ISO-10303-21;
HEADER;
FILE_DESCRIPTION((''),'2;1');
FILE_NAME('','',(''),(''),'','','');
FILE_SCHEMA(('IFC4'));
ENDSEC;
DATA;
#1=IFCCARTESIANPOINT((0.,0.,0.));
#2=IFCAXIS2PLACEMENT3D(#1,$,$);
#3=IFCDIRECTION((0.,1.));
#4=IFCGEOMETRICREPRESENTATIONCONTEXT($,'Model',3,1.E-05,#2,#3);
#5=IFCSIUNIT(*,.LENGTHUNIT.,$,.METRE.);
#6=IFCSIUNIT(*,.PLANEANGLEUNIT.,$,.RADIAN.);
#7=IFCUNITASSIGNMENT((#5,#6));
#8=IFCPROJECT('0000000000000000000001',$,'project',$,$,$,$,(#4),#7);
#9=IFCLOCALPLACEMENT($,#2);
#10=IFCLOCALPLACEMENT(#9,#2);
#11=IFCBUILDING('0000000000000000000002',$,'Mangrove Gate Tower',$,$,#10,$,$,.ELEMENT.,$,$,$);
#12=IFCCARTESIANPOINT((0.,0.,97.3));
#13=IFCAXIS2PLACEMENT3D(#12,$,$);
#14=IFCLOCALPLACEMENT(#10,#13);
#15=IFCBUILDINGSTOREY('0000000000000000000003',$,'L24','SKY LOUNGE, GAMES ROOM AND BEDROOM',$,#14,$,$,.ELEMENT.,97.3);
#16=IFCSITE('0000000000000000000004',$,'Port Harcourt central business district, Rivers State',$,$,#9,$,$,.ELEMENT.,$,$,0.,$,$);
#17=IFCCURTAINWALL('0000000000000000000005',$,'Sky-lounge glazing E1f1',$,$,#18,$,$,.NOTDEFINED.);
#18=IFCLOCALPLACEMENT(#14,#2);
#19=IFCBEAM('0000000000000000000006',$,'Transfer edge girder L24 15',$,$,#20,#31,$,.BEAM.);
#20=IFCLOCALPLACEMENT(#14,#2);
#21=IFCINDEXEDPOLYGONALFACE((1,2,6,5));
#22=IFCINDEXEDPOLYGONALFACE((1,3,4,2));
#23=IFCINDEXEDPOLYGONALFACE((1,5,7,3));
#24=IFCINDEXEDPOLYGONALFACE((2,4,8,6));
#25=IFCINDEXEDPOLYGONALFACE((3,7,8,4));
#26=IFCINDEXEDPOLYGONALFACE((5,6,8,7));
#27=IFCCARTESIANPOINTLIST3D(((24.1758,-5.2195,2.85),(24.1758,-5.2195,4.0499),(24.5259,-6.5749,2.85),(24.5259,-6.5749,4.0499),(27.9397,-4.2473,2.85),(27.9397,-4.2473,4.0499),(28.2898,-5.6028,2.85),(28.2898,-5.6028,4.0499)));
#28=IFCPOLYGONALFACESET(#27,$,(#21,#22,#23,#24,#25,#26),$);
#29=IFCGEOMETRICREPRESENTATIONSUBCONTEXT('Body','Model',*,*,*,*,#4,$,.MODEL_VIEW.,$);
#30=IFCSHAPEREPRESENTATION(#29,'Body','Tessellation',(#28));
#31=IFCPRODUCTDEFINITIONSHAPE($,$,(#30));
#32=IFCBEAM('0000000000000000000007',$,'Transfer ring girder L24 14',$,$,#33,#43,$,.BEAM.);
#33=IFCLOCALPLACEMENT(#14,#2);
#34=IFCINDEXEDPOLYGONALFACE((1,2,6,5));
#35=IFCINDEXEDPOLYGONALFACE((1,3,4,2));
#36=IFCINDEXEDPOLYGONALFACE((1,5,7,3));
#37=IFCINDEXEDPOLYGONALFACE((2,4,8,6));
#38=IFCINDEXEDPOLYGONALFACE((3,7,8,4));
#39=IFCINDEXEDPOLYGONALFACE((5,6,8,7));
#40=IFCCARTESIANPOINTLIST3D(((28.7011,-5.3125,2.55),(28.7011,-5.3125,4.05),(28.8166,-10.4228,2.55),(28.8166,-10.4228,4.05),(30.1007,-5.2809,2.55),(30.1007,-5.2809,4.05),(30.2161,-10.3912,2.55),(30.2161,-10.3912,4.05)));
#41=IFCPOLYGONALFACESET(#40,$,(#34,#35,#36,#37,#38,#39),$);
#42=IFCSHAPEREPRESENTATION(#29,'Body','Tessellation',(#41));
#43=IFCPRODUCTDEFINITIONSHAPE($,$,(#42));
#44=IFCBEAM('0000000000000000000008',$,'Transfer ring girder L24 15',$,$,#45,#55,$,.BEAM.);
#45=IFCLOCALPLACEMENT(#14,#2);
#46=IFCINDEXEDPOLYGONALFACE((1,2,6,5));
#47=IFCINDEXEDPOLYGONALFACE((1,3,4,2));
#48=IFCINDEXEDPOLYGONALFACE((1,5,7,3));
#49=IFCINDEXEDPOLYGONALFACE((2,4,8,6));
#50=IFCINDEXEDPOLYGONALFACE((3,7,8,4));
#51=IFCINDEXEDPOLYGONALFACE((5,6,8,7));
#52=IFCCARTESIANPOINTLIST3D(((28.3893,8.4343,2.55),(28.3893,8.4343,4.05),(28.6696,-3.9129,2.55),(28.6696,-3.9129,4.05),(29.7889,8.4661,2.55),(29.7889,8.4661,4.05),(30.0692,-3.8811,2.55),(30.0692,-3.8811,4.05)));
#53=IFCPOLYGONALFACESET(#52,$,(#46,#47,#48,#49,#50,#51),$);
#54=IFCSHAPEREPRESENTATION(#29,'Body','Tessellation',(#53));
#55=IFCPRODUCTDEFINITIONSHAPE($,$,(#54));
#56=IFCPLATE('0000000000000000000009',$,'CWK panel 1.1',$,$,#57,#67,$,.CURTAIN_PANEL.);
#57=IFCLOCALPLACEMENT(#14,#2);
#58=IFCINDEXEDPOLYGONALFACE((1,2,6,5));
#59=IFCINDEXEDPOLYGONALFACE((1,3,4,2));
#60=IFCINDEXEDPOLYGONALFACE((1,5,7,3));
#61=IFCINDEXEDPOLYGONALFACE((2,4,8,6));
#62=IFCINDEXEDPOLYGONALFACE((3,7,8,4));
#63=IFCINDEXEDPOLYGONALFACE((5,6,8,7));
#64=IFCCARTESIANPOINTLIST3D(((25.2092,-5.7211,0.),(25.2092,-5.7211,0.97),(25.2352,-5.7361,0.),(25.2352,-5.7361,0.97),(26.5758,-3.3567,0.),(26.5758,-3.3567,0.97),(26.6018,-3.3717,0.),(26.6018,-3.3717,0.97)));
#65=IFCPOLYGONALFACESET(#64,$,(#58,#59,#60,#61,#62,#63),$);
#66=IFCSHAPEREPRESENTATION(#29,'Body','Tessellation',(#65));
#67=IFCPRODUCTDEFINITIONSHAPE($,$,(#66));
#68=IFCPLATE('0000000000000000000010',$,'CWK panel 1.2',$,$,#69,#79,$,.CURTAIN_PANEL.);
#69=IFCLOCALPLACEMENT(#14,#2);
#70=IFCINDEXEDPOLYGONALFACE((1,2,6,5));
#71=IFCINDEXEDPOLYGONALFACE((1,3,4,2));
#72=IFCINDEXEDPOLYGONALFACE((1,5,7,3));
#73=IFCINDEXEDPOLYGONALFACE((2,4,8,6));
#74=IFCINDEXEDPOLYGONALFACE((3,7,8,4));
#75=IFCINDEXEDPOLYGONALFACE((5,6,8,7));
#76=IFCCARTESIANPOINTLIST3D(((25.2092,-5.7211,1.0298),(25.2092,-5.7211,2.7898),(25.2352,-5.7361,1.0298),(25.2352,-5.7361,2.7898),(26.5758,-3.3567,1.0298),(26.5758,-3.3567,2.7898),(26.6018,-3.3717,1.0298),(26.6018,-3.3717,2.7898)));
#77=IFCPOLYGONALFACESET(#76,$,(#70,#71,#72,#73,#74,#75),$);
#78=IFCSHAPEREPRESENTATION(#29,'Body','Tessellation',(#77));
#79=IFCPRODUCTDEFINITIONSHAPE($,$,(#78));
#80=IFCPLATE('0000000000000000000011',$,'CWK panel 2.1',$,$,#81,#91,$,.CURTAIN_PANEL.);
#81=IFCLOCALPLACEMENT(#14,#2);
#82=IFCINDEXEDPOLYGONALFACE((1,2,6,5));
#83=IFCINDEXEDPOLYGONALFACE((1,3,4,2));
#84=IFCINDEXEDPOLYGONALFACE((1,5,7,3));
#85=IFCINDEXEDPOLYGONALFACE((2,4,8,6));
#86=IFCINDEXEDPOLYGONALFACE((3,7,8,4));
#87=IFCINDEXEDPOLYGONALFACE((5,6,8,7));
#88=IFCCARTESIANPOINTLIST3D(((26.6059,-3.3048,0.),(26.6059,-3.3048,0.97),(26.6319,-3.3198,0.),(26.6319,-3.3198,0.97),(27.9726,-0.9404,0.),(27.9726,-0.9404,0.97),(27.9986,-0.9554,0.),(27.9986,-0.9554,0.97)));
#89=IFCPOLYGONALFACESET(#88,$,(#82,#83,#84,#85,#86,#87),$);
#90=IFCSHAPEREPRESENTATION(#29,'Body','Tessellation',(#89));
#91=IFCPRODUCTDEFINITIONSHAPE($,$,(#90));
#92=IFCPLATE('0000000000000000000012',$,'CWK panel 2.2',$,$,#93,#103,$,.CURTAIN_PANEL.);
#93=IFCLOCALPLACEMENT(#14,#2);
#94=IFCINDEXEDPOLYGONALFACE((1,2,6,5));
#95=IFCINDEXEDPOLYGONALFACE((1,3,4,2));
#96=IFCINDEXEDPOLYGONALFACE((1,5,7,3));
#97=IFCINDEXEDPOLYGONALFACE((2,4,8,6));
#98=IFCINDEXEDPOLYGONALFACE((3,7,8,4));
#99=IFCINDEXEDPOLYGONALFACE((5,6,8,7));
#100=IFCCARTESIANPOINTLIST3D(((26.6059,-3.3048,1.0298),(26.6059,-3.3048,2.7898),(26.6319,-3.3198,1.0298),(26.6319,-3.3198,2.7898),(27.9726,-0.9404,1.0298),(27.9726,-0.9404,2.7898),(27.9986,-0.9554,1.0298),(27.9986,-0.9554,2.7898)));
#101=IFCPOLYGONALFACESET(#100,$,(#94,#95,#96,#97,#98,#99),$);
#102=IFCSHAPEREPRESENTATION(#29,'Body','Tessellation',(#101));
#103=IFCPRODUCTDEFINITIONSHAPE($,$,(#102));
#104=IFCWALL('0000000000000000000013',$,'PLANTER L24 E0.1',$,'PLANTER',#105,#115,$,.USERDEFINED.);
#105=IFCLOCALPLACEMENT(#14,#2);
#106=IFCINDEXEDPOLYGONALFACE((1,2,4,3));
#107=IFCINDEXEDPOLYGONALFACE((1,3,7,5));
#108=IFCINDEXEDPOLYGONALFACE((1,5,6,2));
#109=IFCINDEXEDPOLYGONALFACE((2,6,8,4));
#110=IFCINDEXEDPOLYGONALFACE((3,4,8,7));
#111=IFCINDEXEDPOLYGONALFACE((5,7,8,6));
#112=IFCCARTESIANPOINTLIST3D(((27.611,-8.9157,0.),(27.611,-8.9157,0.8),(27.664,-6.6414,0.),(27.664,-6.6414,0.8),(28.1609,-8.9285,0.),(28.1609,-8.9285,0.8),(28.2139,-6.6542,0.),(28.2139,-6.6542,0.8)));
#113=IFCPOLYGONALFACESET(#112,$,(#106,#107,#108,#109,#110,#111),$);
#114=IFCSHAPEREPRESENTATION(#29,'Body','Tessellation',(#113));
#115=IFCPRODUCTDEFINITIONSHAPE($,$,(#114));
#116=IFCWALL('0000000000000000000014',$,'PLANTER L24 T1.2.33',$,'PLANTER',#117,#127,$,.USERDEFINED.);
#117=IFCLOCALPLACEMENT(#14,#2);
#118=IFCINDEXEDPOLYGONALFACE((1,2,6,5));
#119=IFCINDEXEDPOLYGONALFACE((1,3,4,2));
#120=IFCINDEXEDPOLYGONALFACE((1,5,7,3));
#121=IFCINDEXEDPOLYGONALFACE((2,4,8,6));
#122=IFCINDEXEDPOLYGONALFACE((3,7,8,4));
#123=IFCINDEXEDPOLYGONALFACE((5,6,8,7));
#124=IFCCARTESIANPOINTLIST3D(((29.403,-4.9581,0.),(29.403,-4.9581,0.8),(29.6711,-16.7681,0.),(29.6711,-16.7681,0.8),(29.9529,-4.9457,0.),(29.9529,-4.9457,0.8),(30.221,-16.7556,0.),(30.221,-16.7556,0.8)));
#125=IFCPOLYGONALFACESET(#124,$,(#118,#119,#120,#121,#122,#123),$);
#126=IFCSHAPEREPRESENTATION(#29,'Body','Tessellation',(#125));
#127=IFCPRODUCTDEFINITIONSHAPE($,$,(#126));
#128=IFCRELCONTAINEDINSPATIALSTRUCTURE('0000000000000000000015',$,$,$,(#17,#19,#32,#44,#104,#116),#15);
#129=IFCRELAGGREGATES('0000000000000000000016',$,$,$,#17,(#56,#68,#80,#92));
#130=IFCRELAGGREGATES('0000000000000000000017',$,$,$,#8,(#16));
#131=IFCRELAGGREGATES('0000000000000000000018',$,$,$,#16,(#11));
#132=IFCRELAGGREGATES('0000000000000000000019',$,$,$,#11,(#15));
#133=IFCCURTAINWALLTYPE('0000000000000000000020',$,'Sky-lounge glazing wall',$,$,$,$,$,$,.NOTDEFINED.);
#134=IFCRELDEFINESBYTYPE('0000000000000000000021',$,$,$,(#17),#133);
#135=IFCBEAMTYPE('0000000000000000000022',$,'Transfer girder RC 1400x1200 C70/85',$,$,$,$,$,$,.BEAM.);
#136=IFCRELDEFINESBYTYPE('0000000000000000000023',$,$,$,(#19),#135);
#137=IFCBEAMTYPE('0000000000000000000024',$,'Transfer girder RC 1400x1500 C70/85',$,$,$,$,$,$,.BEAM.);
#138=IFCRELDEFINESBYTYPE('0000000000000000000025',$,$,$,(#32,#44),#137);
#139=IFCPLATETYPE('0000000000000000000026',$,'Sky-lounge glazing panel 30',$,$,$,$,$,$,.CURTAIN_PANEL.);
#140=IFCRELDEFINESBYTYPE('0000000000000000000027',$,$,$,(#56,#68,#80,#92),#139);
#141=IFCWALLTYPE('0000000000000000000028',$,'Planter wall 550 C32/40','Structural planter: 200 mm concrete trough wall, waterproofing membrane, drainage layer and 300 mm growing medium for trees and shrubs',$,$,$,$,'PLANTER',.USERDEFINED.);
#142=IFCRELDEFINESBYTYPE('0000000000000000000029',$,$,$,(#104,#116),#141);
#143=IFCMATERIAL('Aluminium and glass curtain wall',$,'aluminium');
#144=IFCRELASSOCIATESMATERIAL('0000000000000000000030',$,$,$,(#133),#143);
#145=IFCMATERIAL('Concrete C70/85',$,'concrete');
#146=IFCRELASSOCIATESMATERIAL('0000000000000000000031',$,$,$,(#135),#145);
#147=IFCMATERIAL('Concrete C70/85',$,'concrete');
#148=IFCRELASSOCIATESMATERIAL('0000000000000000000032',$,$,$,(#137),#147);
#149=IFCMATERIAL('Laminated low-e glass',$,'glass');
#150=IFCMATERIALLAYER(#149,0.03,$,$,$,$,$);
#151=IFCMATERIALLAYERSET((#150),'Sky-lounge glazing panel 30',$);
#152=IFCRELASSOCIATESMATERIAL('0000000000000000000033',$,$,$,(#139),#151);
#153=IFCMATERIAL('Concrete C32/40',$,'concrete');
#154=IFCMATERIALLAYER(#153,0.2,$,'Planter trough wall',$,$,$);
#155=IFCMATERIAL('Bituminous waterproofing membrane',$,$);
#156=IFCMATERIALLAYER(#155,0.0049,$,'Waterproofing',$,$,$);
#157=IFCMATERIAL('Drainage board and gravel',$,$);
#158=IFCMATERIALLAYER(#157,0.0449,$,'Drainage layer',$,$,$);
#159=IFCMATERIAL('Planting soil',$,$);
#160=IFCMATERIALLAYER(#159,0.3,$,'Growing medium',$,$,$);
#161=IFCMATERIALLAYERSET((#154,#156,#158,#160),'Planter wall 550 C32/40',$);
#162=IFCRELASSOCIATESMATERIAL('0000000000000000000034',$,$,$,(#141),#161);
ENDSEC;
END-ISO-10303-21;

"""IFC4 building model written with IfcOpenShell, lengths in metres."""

from ifc_helpers import new_model, si_unit, direction, frame, frame_2d, origin, origin_2d, place, context, subcontext, project, spatial, rectangle, extrude, material, layer, layer_set, material_profile, profile_set, type_object, element, aggregate, save


model = new_model("IFC4")

# Units and contexts
model_context = context("Model", 3, precision=1e-05, world=origin(), true_north=direction((0.0, 1.0)))
body_context = subcontext(model_context, "Body", "Model", "MODEL_VIEW")
ifc_project = project(units=[si_unit("LENGTHUNIT", "METRE"), si_unit("PLANEANGLEUNIT", "RADIAN")], contexts=[model_context])

# Site, building, storey
site_placement = place(None, origin())
site = spatial("IfcSite", under=ifc_project, at=site_placement, Name="Port Harcourt central business district, Rivers State", CompositionType="ELEMENT", RefElevation=0.0)
building_placement = place(site_placement, origin())
building = spatial("IfcBuilding", under=site, at=building_placement, Name="Mangrove Gate Tower", CompositionType="ELEMENT")
storey_placement = place(building_placement, frame((0.0, 0.0, 97.3)))
storey = spatial("IfcBuildingStorey", under=building, at=storey_placement, Name="L24", Description="SKY LOUNGE, GAMES ROOM AND BEDROOM", CompositionType="ELEMENT", Elevation=97.3)

# Curtain wall
ifc_material_1 = material(Name="Aluminium and glass curtain wall", Category="aluminium")
curtain_wall_type = type_object("IfcCurtainWallType", Name="Sky-lounge glazing wall", PredefinedType="NOTDEFINED", material=ifc_material_1)
curtain_wall_1_placement = place(storey_placement, origin())
curtain_wall_1 = element("IfcCurtainWall", 1, at=curtain_wall_1_placement, inside=storey, type_object=curtain_wall_type, Name="Sky-lounge glazing E1f1", PredefinedType="NOTDEFINED")

# Beams
ifc_material_2 = material(Name="Concrete C70/85", Category="concrete")
ifc_material_profile_1 = material_profile(ifc_material_2, rectangle(XDim=1.3999, YDim=1.2, at=origin_2d()))
ifc_profile_set_1 = profile_set([ifc_material_profile_1], Name="Concrete C70/85")
beam_type_1 = type_object("IfcBeamType", Name="Transfer girder RC 1400x1200 C70/85", PredefinedType="BEAM", material=ifc_profile_set_1)
beam_1_placement = place(storey_placement, frame((28.1147, -4.925, 3.45), z_axis=(-0.968225, -0.250079, 0.0), x_axis=(0.250079, -0.968225, 0.0)))
element("IfcBeam", 2, at=beam_1_placement, inside=storey, type_object=beam_type_1, Name="Transfer edge girder L24 15", PredefinedType="BEAM", context=body_context, shape_type="SweptSolid", body=[
    extrude(rectangle(XDim=1.3999, YDim=1.2, at=origin_2d()), origin(), (0.0, 0.0, 1.0), 3.8875),
])
ifc_material_3 = material(Name="Concrete C70/85", Category="concrete")
ifc_material_profile_2 = material_profile(ifc_material_3, rectangle(XDim=1.3999, YDim=1.5, at=origin_2d()))
ifc_profile_set_2 = profile_set([ifc_material_profile_2], Name="Concrete C70/85")
beam_type_2 = type_object("IfcBeamType", Name="Transfer girder RC 1400x1500 C70/85", PredefinedType="BEAM", material=ifc_profile_set_2)
beam_2_placement = place(storey_placement, frame((29.5164, -10.407, 3.3), z_axis=(-0.022591, 0.999745, 0.0), x_axis=(-0.999745, -0.022591, 0.0)))
element("IfcBeam", 3, at=beam_2_placement, inside=storey, type_object=beam_type_2, Name="Transfer ring girder L24 14", PredefinedType="BEAM", context=body_context, shape_type="SweptSolid", body=[
    extrude(rectangle(XDim=1.3999, YDim=1.5, at=origin_2d()), origin(), (0.0, 0.0, 1.0), 5.1116),
])
beam_3_placement = place(storey_placement, frame((29.3694, -3.897, 3.3), z_axis=(-0.022694, 0.999742, 0.0), x_axis=(-0.999742, -0.022694, 0.0)))
element("IfcBeam", 4, at=beam_3_placement, inside=storey, type_object=beam_type_2, Name="Transfer ring girder L24 15", PredefinedType="BEAM", context=body_context, shape_type="SweptSolid", body=[
    extrude(rectangle(XDim=1.3999, YDim=1.5, at=origin_2d()), origin(), (0.0, 0.0, 1.0), 12.3503),
])

# Plates
ifc_material_4 = material(Name="Laminated low-e glass", Category="glass")
ifc_layer_1 = layer(ifc_material_4, 0.03)
ifc_layer_set_1 = layer_set([ifc_layer_1], Name="Sky-lounge glazing panel 30")
plate_type = type_object("IfcPlateType", Name="Sky-lounge glazing panel 30", PredefinedType="CURTAIN_PANEL", material=ifc_layer_set_1)
plate_1_placement = place(storey_placement, frame((25.9055, -4.5464, 0.0), z_axis=(0.0, 0.0, 1.0), x_axis=(0.500418, 0.865784, 0.0)))
plate_1 = element("IfcPlate", 5, at=plate_1_placement, type_object=plate_type, Name="CWK panel 1.1", PredefinedType="CURTAIN_PANEL", context=body_context, shape_type="SweptSolid", body=[
    extrude(rectangle(XDim=2.731, YDim=0.03, at=origin_2d()), origin(), (0.0, 0.0, 1.0), 0.97),
])
plate_2_placement = place(storey_placement, frame((25.9055, -4.5464, 1.0298), z_axis=(0.0, 0.0, 1.0), x_axis=(0.500418, 0.865784, 0.0)))
plate_2 = element("IfcPlate", 6, at=plate_2_placement, type_object=plate_type, Name="CWK panel 1.2", PredefinedType="CURTAIN_PANEL", context=body_context, shape_type="SweptSolid", body=[
    extrude(rectangle(XDim=2.731, YDim=0.03, at=origin_2d()), origin(), (0.0, 0.0, 1.0), 1.76),
])
plate_3_placement = place(storey_placement, frame((27.3022, -2.1301, 0.0), z_axis=(0.0, 0.0, 1.0), x_axis=(0.500418, 0.865784, 0.0)))
plate_3 = element("IfcPlate", 7, at=plate_3_placement, type_object=plate_type, Name="CWK panel 2.1", PredefinedType="CURTAIN_PANEL", context=body_context, shape_type="SweptSolid", body=[
    extrude(rectangle(XDim=2.731, YDim=0.03, at=origin_2d()), origin(), (0.0, 0.0, 1.0), 0.97),
])
plate_4_placement = place(storey_placement, frame((27.3022, -2.1301, 1.0298), z_axis=(0.0, 0.0, 1.0), x_axis=(0.500418, 0.865784, 0.0)))
plate_4 = element("IfcPlate", 8, at=plate_4_placement, type_object=plate_type, Name="CWK panel 2.2", PredefinedType="CURTAIN_PANEL", context=body_context, shape_type="SweptSolid", body=[
    extrude(rectangle(XDim=2.731, YDim=0.03, at=origin_2d()), origin(), (0.0, 0.0, 1.0), 1.76),
])
aggregate(curtain_wall_1, [plate_1, plate_2, plate_3, plate_4])

# Walls
ifc_material_5 = material(Name="Concrete C32/40", Category="concrete")
ifc_layer_2 = layer(ifc_material_5, 0.2, Name="Planter trough wall")
ifc_material_6 = material(Name="Bituminous waterproofing membrane")
ifc_layer_3 = layer(ifc_material_6, 0.0049, Name="Waterproofing")
ifc_material_7 = material(Name="Drainage board and gravel")
ifc_layer_4 = layer(ifc_material_7, 0.0449, Name="Drainage layer")
ifc_material_8 = material(Name="Planting soil")
ifc_layer_5 = layer(ifc_material_8, 0.3, Name="Growing medium")
ifc_layer_set_2 = layer_set([ifc_layer_2, ifc_layer_3, ifc_layer_4, ifc_layer_5], Name="Planter wall 550 C32/40")
wall_type = type_object("IfcWallType", Name="Planter wall 550 C32/40", Description="Structural planter: 200 mm concrete trough wall, waterproofing membrane, drainage layer and 300 mm growing medium for trees and shrubs", ElementType="PLANTER", PredefinedType="USERDEFINED", material=ifc_layer_set_2)
wall_1_placement = place(storey_placement, frame((27.886, -8.9221, 0.0), z_axis=(0.0, 0.0, 1.0), x_axis=(0.023289, 0.999729, 0.0)))
element("IfcWall", 9, at=wall_1_placement, inside=storey, type_object=wall_type, Name="PLANTER L24 E0.1", ObjectType="PLANTER", PredefinedType="USERDEFINED", context=body_context, shape_type="SweptSolid", body=[
    extrude(rectangle(XDim=2.2749, YDim=0.55, at=frame_2d((1.1375, 0.0))), origin(), (0.0, 0.0, 1.0), 0.8),
])
wall_2_placement = place(storey_placement, frame((29.678, -4.9519, 0.0), z_axis=(0.0, 0.0, 1.0), x_axis=(0.022692, -0.999742, 0.0)))
element("IfcWall", 10, at=wall_2_placement, inside=storey, type_object=wall_type, Name="PLANTER L24 T1.2.33", ObjectType="PLANTER", PredefinedType="USERDEFINED", context=body_context, shape_type="SweptSolid", body=[
    extrude(rectangle(XDim=11.813, YDim=0.55, at=frame_2d((5.9065, 0.0))), origin(), (0.0, 0.0, 1.0), 0.8),
])

save(model, "model.ifc")
